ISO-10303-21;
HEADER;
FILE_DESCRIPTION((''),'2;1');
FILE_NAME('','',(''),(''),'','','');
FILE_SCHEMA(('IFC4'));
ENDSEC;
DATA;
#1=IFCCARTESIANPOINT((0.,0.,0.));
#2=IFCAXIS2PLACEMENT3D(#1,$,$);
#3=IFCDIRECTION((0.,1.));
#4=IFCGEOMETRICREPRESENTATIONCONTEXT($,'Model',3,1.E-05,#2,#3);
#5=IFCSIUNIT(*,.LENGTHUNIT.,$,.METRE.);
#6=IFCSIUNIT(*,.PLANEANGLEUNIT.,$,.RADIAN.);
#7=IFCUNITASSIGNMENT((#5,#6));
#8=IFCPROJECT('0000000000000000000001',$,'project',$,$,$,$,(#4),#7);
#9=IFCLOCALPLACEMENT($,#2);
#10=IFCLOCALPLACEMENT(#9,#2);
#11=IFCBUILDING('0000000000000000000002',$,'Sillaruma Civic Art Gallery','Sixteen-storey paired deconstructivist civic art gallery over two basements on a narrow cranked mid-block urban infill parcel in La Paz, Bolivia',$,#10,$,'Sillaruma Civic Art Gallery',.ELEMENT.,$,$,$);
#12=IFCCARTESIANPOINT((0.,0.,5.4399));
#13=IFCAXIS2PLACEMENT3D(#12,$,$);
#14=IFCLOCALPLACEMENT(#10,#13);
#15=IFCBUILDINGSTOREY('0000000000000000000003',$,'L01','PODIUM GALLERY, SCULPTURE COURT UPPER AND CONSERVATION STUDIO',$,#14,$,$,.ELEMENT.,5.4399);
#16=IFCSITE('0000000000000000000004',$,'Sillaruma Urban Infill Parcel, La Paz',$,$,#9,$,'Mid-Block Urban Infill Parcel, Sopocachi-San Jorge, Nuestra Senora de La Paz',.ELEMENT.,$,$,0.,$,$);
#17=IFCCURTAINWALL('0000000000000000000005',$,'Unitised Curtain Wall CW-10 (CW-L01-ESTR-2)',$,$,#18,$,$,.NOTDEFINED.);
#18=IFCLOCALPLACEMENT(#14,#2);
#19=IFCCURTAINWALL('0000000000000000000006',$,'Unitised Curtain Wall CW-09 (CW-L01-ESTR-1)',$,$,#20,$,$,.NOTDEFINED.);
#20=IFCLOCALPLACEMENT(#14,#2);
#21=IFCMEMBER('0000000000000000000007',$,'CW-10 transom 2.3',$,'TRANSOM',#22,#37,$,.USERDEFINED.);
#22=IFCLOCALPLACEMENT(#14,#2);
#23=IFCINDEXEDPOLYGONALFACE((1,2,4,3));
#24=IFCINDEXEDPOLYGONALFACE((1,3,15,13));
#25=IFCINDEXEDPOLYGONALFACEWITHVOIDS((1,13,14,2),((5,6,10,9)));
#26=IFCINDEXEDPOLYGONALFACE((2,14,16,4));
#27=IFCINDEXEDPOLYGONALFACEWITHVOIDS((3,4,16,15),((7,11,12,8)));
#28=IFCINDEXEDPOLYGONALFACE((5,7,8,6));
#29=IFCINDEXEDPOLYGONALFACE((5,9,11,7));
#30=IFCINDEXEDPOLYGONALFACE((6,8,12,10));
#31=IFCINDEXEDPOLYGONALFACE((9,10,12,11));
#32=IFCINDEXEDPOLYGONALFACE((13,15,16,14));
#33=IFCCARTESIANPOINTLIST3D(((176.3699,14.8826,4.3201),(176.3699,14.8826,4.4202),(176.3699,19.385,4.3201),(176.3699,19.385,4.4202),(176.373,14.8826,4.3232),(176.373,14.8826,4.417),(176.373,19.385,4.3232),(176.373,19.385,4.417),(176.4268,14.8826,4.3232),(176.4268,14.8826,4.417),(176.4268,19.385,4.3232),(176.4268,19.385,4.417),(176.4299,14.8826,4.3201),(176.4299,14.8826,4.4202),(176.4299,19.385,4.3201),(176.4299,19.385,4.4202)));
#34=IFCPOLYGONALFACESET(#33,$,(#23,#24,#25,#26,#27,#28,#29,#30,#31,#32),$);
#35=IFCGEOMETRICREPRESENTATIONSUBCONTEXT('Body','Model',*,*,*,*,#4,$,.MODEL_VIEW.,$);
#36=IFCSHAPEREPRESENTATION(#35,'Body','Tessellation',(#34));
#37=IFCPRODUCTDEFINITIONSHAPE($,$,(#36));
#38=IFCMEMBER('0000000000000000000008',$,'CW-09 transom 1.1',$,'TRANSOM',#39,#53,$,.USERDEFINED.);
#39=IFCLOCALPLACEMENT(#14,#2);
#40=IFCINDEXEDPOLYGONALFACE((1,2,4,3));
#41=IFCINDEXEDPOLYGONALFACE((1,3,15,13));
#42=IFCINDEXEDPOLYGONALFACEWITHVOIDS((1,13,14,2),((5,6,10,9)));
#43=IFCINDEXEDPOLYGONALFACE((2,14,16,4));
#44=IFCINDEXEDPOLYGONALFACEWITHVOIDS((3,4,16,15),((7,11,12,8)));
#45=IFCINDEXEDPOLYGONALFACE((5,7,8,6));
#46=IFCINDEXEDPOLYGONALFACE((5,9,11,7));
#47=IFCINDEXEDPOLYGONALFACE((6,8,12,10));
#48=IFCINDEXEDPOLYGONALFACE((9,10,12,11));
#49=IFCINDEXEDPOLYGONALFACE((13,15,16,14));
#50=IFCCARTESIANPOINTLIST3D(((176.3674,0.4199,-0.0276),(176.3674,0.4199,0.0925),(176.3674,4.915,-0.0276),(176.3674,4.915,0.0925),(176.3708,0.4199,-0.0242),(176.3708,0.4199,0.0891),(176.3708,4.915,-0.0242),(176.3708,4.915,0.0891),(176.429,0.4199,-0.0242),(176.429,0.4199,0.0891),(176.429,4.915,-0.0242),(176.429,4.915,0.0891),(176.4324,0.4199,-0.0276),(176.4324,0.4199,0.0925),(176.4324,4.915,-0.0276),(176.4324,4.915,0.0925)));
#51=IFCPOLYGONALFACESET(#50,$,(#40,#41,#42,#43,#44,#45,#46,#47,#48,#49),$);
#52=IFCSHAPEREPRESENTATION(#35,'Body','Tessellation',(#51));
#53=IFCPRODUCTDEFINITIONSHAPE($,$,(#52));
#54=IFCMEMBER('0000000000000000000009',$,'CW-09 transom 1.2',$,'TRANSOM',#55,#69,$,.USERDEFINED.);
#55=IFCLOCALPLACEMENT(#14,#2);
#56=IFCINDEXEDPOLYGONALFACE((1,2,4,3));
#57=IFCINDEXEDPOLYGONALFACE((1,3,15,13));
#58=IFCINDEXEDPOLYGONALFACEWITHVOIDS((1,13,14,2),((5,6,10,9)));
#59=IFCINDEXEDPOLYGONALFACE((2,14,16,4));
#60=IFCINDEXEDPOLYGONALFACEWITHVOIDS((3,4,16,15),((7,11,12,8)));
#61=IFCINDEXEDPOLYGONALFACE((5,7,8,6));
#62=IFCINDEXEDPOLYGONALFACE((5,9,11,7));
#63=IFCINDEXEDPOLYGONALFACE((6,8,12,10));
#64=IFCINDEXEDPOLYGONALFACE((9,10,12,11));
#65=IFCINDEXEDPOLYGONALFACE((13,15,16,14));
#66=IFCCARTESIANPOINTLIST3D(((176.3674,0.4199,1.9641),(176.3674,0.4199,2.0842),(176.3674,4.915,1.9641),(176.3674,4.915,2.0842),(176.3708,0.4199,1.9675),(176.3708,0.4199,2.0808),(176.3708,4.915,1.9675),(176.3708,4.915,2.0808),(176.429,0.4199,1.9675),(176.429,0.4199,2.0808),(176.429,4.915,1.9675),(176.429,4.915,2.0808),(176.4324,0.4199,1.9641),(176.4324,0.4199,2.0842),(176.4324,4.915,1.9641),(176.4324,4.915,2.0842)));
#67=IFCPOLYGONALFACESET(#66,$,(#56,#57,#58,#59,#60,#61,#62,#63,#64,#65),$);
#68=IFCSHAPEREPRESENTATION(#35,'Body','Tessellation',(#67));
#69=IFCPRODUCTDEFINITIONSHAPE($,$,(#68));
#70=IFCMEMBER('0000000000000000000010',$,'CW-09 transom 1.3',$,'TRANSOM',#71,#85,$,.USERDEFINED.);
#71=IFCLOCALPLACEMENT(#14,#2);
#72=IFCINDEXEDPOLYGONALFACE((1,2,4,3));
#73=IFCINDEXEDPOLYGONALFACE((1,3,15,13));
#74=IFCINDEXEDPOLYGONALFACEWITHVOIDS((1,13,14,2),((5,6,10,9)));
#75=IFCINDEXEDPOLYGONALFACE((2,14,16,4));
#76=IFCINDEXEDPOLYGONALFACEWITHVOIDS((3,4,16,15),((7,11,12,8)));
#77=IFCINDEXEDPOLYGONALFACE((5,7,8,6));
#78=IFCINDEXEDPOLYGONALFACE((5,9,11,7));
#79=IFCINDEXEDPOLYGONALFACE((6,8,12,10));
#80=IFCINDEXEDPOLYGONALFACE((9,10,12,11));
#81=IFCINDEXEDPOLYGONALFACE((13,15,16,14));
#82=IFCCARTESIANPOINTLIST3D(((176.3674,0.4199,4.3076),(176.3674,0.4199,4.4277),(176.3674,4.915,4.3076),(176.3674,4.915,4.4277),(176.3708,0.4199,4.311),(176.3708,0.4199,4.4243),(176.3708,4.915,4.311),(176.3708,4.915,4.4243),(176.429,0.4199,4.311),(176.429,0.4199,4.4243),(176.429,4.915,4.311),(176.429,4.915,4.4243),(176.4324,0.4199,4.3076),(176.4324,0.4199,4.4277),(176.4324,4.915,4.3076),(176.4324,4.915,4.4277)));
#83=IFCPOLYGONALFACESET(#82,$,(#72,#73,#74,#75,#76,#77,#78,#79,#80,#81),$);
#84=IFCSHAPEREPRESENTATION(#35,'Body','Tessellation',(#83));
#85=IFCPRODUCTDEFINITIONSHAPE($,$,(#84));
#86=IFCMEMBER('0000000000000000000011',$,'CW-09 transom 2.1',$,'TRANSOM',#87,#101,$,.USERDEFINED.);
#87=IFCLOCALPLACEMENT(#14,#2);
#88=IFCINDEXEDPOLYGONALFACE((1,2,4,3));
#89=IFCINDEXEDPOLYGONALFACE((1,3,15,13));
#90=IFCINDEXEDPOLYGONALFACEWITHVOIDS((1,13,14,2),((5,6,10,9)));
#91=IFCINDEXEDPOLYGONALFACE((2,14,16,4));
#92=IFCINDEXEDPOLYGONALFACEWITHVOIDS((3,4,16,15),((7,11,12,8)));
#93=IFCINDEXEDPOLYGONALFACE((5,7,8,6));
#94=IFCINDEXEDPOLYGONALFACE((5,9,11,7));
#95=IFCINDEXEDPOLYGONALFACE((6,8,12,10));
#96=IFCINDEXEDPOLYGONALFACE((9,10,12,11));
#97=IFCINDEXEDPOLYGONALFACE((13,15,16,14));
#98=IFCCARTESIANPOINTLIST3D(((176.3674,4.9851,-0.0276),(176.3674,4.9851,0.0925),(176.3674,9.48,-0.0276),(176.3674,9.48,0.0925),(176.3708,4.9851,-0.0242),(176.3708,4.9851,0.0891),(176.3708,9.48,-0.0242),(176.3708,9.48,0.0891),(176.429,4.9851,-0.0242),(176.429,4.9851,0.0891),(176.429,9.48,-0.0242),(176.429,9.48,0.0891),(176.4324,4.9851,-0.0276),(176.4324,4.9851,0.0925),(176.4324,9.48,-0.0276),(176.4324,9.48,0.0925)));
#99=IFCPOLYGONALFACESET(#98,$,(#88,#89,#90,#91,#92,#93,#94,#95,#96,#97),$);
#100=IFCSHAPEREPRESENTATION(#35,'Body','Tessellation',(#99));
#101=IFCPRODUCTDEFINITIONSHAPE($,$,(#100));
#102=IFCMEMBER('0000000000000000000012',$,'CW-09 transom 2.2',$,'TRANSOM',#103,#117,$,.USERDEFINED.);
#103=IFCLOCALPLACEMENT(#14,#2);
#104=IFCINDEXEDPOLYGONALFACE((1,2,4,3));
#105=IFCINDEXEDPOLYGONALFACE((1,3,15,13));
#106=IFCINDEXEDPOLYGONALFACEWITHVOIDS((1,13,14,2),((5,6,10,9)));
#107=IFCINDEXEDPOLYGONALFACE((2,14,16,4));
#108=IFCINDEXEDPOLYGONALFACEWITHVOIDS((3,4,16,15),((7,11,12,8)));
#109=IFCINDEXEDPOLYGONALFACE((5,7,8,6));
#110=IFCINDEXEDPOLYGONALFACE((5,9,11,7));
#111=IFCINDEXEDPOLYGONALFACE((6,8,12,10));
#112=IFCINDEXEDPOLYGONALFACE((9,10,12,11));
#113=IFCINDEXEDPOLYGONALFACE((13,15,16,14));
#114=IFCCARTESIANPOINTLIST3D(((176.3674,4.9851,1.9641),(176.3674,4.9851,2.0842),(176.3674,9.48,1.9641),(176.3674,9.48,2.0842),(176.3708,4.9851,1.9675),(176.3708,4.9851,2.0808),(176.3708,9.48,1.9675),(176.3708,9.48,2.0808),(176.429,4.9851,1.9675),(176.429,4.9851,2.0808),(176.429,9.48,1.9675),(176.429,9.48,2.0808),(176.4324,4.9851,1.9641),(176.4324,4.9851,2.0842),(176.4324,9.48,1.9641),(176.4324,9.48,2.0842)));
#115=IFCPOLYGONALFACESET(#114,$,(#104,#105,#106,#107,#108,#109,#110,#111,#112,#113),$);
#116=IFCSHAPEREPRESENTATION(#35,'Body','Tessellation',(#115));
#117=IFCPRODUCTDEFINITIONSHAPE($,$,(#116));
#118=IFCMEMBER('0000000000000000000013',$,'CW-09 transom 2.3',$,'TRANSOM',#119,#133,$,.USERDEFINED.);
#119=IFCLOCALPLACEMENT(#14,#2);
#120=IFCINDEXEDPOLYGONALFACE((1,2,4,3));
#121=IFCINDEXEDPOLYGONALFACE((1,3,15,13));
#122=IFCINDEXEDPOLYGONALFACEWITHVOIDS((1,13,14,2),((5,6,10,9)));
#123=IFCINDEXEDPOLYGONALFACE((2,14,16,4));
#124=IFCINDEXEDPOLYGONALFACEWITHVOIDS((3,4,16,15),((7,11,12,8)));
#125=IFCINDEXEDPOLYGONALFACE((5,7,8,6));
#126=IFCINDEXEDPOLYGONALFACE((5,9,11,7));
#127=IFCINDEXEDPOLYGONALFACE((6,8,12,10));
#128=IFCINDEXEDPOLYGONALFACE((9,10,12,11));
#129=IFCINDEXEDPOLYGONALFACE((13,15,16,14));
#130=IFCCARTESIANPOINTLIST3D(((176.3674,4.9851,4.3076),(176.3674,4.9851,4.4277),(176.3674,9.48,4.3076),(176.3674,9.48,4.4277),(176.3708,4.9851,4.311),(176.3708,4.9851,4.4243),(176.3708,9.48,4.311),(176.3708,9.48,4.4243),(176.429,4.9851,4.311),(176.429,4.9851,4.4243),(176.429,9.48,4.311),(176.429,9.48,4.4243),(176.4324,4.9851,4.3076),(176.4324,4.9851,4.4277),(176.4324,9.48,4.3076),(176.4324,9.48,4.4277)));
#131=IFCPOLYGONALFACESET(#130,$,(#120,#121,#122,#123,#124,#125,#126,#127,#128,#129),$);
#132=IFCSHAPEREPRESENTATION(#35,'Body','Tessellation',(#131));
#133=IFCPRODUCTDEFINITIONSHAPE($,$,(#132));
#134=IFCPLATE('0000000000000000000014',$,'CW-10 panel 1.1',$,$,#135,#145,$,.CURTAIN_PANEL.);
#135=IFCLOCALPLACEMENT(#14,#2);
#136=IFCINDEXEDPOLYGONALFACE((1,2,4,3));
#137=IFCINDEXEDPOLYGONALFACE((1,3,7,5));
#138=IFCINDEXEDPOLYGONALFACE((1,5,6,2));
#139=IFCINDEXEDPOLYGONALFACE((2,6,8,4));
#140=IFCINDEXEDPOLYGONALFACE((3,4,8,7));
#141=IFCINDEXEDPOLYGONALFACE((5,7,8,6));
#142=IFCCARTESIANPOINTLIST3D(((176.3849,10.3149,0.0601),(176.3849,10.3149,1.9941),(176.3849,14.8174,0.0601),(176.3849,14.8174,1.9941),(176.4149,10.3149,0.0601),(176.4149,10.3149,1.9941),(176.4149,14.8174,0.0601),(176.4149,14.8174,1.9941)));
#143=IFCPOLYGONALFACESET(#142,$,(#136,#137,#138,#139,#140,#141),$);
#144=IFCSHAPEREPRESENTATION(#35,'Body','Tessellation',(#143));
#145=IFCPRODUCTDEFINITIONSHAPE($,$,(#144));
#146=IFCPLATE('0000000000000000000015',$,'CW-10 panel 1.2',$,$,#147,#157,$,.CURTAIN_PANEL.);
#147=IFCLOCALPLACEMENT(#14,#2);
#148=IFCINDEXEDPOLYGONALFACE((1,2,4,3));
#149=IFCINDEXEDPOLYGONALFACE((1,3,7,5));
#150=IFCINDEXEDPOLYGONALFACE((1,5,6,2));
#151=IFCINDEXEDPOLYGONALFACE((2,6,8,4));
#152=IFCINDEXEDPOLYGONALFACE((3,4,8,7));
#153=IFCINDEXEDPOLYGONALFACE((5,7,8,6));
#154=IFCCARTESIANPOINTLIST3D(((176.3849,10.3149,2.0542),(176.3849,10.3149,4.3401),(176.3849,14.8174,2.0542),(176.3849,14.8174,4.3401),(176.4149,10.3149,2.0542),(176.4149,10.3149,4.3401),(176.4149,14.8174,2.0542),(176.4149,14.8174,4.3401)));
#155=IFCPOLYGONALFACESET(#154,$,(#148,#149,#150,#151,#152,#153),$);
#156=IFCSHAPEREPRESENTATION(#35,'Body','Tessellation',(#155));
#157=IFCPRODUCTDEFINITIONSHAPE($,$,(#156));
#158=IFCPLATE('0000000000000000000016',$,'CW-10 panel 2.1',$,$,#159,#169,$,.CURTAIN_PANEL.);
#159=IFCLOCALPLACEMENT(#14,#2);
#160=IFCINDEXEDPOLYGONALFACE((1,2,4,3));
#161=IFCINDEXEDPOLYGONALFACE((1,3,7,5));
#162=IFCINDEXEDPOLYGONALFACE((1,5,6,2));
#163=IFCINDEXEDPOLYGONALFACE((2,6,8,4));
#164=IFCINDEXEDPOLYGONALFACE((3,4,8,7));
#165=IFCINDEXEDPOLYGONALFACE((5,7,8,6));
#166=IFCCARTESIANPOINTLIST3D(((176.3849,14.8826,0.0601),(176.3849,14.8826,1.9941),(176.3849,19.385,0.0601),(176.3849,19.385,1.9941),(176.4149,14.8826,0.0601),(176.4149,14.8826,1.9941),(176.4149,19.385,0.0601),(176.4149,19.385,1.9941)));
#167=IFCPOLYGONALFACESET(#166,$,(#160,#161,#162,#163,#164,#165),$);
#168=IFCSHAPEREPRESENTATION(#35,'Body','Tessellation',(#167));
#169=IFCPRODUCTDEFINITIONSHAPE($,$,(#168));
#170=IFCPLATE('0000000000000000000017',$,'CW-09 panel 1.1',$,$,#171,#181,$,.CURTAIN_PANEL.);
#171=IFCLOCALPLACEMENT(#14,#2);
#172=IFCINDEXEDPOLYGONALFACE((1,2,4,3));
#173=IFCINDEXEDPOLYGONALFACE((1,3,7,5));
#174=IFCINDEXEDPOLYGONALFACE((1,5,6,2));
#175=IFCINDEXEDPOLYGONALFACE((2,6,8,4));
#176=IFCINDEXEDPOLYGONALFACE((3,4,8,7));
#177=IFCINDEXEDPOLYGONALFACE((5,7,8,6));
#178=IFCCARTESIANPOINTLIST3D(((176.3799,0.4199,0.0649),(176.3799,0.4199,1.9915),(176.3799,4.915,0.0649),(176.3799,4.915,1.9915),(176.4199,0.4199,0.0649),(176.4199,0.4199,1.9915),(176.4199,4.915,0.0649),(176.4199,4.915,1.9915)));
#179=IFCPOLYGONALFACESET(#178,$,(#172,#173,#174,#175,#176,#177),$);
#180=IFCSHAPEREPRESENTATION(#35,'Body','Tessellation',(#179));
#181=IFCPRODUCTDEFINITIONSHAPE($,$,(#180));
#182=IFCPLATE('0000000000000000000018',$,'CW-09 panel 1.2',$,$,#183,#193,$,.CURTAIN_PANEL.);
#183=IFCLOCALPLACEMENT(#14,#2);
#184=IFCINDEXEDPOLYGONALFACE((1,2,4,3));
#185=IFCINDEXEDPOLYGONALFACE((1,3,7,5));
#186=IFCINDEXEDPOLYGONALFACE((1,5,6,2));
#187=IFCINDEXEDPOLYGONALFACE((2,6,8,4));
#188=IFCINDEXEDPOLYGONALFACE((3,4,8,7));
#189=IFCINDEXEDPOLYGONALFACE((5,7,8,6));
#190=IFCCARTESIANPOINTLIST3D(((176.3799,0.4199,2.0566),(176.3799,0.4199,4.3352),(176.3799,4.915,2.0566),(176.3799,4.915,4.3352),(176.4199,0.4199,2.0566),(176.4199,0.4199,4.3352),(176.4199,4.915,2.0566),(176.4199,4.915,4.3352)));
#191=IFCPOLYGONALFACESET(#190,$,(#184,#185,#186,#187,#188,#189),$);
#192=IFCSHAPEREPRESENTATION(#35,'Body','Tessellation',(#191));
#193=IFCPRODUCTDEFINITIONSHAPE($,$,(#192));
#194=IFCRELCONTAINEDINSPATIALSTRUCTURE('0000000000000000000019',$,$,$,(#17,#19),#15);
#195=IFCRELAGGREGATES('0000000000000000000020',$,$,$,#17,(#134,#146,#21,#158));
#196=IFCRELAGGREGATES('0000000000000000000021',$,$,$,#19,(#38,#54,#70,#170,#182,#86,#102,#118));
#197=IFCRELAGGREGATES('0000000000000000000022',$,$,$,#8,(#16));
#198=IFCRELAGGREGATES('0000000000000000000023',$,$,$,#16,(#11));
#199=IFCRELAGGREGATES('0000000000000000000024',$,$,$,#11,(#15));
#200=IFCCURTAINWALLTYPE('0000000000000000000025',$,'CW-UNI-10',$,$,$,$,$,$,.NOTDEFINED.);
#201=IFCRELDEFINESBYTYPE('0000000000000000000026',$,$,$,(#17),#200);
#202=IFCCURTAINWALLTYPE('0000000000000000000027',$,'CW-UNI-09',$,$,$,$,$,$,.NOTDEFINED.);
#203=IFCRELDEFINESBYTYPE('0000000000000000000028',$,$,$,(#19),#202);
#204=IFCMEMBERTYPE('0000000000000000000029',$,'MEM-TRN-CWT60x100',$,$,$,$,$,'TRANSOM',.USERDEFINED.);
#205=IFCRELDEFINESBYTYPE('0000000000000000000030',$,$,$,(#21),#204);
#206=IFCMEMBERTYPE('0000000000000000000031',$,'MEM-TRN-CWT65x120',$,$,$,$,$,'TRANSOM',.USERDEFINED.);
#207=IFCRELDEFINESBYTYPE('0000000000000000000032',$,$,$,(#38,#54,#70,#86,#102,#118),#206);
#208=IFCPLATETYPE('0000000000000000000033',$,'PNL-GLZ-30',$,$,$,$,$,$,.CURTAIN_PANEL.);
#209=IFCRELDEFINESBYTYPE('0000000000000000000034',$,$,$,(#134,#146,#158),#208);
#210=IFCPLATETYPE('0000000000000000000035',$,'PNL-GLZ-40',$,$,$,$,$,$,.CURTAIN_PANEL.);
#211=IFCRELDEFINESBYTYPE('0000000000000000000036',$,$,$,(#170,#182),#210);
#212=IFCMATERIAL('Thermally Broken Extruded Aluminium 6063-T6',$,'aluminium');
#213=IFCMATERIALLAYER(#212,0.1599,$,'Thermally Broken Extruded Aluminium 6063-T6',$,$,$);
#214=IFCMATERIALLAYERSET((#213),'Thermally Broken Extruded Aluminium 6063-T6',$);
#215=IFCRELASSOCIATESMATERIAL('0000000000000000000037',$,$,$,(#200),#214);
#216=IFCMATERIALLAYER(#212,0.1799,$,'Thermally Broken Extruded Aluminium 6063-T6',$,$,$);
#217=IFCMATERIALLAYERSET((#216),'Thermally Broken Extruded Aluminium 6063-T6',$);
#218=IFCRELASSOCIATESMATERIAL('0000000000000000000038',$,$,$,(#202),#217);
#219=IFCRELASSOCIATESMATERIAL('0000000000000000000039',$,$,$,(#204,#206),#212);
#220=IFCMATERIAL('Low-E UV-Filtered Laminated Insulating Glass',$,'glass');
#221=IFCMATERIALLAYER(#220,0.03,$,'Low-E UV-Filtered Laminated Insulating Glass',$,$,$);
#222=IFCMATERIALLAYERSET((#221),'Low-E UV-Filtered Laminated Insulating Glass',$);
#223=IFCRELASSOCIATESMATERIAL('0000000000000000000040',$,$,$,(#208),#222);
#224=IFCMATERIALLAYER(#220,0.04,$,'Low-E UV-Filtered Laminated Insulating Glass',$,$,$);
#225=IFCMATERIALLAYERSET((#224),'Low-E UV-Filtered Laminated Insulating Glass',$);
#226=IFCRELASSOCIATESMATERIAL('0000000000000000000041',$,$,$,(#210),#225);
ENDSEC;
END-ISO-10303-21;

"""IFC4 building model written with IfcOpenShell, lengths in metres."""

from ifc_helpers import new_model, si_unit, direction, frame, origin, origin_2d, place, context, subcontext, project, spatial, rectangle, hollow_rectangle, extrude, material, layer, layer_set, material_profile, profile_set, type_object, element, aggregate, save


model = new_model("IFC4")

# Units and contexts
model_context = context("Model", 3, precision=1e-05, world=origin(), true_north=direction((0.0, 1.0)))
body_context = subcontext(model_context, "Body", "Model", "MODEL_VIEW")
ifc_project = project(units=[si_unit("LENGTHUNIT", "METRE"), si_unit("PLANEANGLEUNIT", "RADIAN")], contexts=[model_context])

# Site, building, storey
site_placement = place(None, origin())
site = spatial("IfcSite", under=ifc_project, at=site_placement, Name="Sillaruma Urban Infill Parcel, La Paz", LongName="Mid-Block Urban Infill Parcel, Sopocachi-San Jorge, Nuestra Senora de La Paz", CompositionType="ELEMENT", RefElevation=0.0)
building_placement = place(site_placement, origin())
building = spatial("IfcBuilding", under=site, at=building_placement, Name="Sillaruma Civic Art Gallery", Description="Sixteen-storey paired deconstructivist civic art gallery over two basements on a narrow cranked mid-block urban infill parcel in La Paz, Bolivia", LongName="Sillaruma Civic Art Gallery", CompositionType="ELEMENT")
storey_placement = place(building_placement, frame((0.0, 0.0, 5.4399)))
storey = spatial("IfcBuildingStorey", under=building, at=storey_placement, Name="L01", Description="PODIUM GALLERY, SCULPTURE COURT UPPER AND CONSERVATION STUDIO", CompositionType="ELEMENT", Elevation=5.4399)

# Curtain walls
ifc_material_1 = material(Name="Thermally Broken Extruded Aluminium 6063-T6", Category="aluminium")
ifc_layer_1 = layer(ifc_material_1, 0.1599, Name="Thermally Broken Extruded Aluminium 6063-T6")
ifc_layer_set_1 = layer_set([ifc_layer_1], Name="Thermally Broken Extruded Aluminium 6063-T6")
curtain_wall_type_1 = type_object("IfcCurtainWallType", Name="CW-UNI-10", PredefinedType="NOTDEFINED", material=ifc_layer_set_1)
curtain_wall_1_placement = place(storey_placement, origin())
curtain_wall_1 = element("IfcCurtainWall", 1, at=curtain_wall_1_placement, inside=storey, type_object=curtain_wall_type_1, Name="Unitised Curtain Wall CW-10 (CW-L01-ESTR-2)", PredefinedType="NOTDEFINED")
ifc_layer_2 = layer(ifc_material_1, 0.1799, Name="Thermally Broken Extruded Aluminium 6063-T6")
ifc_layer_set_2 = layer_set([ifc_layer_2], Name="Thermally Broken Extruded Aluminium 6063-T6")
curtain_wall_type_2 = type_object("IfcCurtainWallType", Name="CW-UNI-09", PredefinedType="NOTDEFINED", material=ifc_layer_set_2)
curtain_wall_2_placement = place(storey_placement, origin())
curtain_wall_2 = element("IfcCurtainWall", 2, at=curtain_wall_2_placement, inside=storey, type_object=curtain_wall_type_2, Name="Unitised Curtain Wall CW-09 (CW-L01-ESTR-1)", PredefinedType="NOTDEFINED")

# Members
ifc_material_profile_1 = material_profile(ifc_material_1, hollow_rectangle(XDim=0.0601, YDim=0.1001, WallThickness=0.0032, at=origin_2d()), Name="CWT60x100")
ifc_profile_set_1 = profile_set([ifc_material_profile_1], Name="Thermally Broken Extruded Aluminium 6063-T6")
member_type_1 = type_object("IfcMemberType", Name="MEM-TRN-CWT60x100", ElementType="TRANSOM", PredefinedType="USERDEFINED", material=ifc_profile_set_1)
member_1_placement = place(storey_placement, frame((176.3999, 14.8826, 4.3701), z_axis=(0.0, 1.0, 0.0), x_axis=(-1.0, 0.0, 0.0)))
member_1 = element("IfcMember", 3, at=member_1_placement, type_object=member_type_1, Name="CW-10 transom 2.3", ObjectType="TRANSOM", PredefinedType="USERDEFINED", context=body_context, shape_type="SweptSolid", body=[
    extrude(hollow_rectangle(XDim=0.0601, YDim=0.1001, WallThickness=0.0032, at=origin_2d()), origin(), (0.0, 0.0, 1.0), 4.5024),
])
ifc_material_profile_2 = material_profile(ifc_material_1, hollow_rectangle(XDim=0.0649, YDim=0.1201, WallThickness=0.0034, at=origin_2d()), Name="CWT65x120")
ifc_profile_set_2 = profile_set([ifc_material_profile_2], Name="Thermally Broken Extruded Aluminium 6063-T6")
member_type_2 = type_object("IfcMemberType", Name="MEM-TRN-CWT65x120", ElementType="TRANSOM", PredefinedType="USERDEFINED", material=ifc_profile_set_2)
member_2_placement = place(storey_placement, frame((176.3999, 0.4199, 0.0325), z_axis=(0.0, 1.0, 0.0), x_axis=(-1.0, 0.0, 0.0)))
member_2 = element("IfcMember", 4, at=member_2_placement, type_object=member_type_2, Name="CW-09 transom 1.1", ObjectType="TRANSOM", PredefinedType="USERDEFINED", context=body_context, shape_type="SweptSolid", body=[
    extrude(hollow_rectangle(XDim=0.0649, YDim=0.1201, WallThickness=0.0034, at=origin_2d()), origin(), (0.0, 0.0, 1.0), 4.4951),
])
member_3_placement = place(storey_placement, frame((176.3999, 0.4199, 2.0242), z_axis=(0.0, 1.0, 0.0), x_axis=(-1.0, 0.0, 0.0)))
member_3 = element("IfcMember", 5, at=member_3_placement, type_object=member_type_2, Name="CW-09 transom 1.2", ObjectType="TRANSOM", PredefinedType="USERDEFINED", context=body_context, shape_type="SweptSolid", body=[
    extrude(hollow_rectangle(XDim=0.0649, YDim=0.1201, WallThickness=0.0034, at=origin_2d()), origin(), (0.0, 0.0, 1.0), 4.4951),
])
member_4_placement = place(storey_placement, frame((176.3999, 0.4199, 4.3677), z_axis=(0.0, 1.0, 0.0), x_axis=(-1.0, 0.0, 0.0)))
member_4 = element("IfcMember", 6, at=member_4_placement, type_object=member_type_2, Name="CW-09 transom 1.3", ObjectType="TRANSOM", PredefinedType="USERDEFINED", context=body_context, shape_type="SweptSolid", body=[
    extrude(hollow_rectangle(XDim=0.0649, YDim=0.1201, WallThickness=0.0034, at=origin_2d()), origin(), (0.0, 0.0, 1.0), 4.4951),
])
member_5_placement = place(storey_placement, frame((176.3999, 4.9851, 0.0325), z_axis=(0.0, 1.0, 0.0), x_axis=(-1.0, 0.0, 0.0)))
member_5 = element("IfcMember", 7, at=member_5_placement, type_object=member_type_2, Name="CW-09 transom 2.1", ObjectType="TRANSOM", PredefinedType="USERDEFINED", context=body_context, shape_type="SweptSolid", body=[
    extrude(hollow_rectangle(XDim=0.0649, YDim=0.1201, WallThickness=0.0034, at=origin_2d()), origin(), (0.0, 0.0, 1.0), 4.4949),
])
member_6_placement = place(storey_placement, frame((176.3999, 4.9851, 2.0242), z_axis=(0.0, 1.0, 0.0), x_axis=(-1.0, 0.0, 0.0)))
member_6 = element("IfcMember", 8, at=member_6_placement, type_object=member_type_2, Name="CW-09 transom 2.2", ObjectType="TRANSOM", PredefinedType="USERDEFINED", context=body_context, shape_type="SweptSolid", body=[
    extrude(hollow_rectangle(XDim=0.0649, YDim=0.1201, WallThickness=0.0034, at=origin_2d()), origin(), (0.0, 0.0, 1.0), 4.4949),
])
member_7_placement = place(storey_placement, frame((176.3999, 4.9851, 4.3677), z_axis=(0.0, 1.0, 0.0), x_axis=(-1.0, 0.0, 0.0)))
member_7 = element("IfcMember", 9, at=member_7_placement, type_object=member_type_2, Name="CW-09 transom 2.3", ObjectType="TRANSOM", PredefinedType="USERDEFINED", context=body_context, shape_type="SweptSolid", body=[
    extrude(hollow_rectangle(XDim=0.0649, YDim=0.1201, WallThickness=0.0034, at=origin_2d()), origin(), (0.0, 0.0, 1.0), 4.4949),
])

# Plates
ifc_material_2 = material(Name="Low-E UV-Filtered Laminated Insulating Glass", Category="glass")
ifc_layer_3 = layer(ifc_material_2, 0.03, Name="Low-E UV-Filtered Laminated Insulating Glass")
ifc_layer_set_3 = layer_set([ifc_layer_3], Name="Low-E UV-Filtered Laminated Insulating Glass")
plate_type_1 = type_object("IfcPlateType", Name="PNL-GLZ-30", PredefinedType="CURTAIN_PANEL", material=ifc_layer_set_3)
plate_1_placement = place(storey_placement, frame((176.3999, 12.5662, 0.0601), z_axis=(0.0, 0.0, 1.0), x_axis=(0.0, 1.0, 0.0)))
plate_1 = element("IfcPlate", 10, at=plate_1_placement, type_object=plate_type_1, Name="CW-10 panel 1.1", PredefinedType="CURTAIN_PANEL", context=body_context, shape_type="SweptSolid", body=[
    extrude(rectangle(XDim=4.5024, YDim=0.03, at=origin_2d()), origin(), (0.0, 0.0, 1.0), 1.9341),
])
plate_2_placement = place(storey_placement, frame((176.3999, 12.5662, 2.0542), z_axis=(0.0, 0.0, 1.0), x_axis=(0.0, 1.0, 0.0)))
plate_2 = element("IfcPlate", 11, at=plate_2_placement, type_object=plate_type_1, Name="CW-10 panel 1.2", PredefinedType="CURTAIN_PANEL", context=body_context, shape_type="SweptSolid", body=[
    extrude(rectangle(XDim=4.5024, YDim=0.03, at=origin_2d()), origin(), (0.0, 0.0, 1.0), 2.2859),
])
plate_3_placement = place(storey_placement, frame((176.3999, 17.1338, 0.0601), z_axis=(0.0, 0.0, 1.0), x_axis=(0.0, 1.0, 0.0)))
plate_3 = element("IfcPlate", 12, at=plate_3_placement, type_object=plate_type_1, Name="CW-10 panel 2.1", PredefinedType="CURTAIN_PANEL", context=body_context, shape_type="SweptSolid", body=[
    extrude(rectangle(XDim=4.5024, YDim=0.03, at=origin_2d()), origin(), (0.0, 0.0, 1.0), 1.9341),
])
aggregate(curtain_wall_1, [plate_1, plate_2, member_1, plate_3])
ifc_layer_4 = layer(ifc_material_2, 0.04, Name="Low-E UV-Filtered Laminated Insulating Glass")
ifc_layer_set_4 = layer_set([ifc_layer_4], Name="Low-E UV-Filtered Laminated Insulating Glass")
plate_type_2 = type_object("IfcPlateType", Name="PNL-GLZ-40", PredefinedType="CURTAIN_PANEL", material=ifc_layer_set_4)
plate_4_placement = place(storey_placement, frame((176.3999, 2.6675, 0.0649), z_axis=(0.0, 0.0, 1.0), x_axis=(0.0, 1.0, 0.0)))
plate_4 = element("IfcPlate", 13, at=plate_4_placement, type_object=plate_type_2, Name="CW-09 panel 1.1", PredefinedType="CURTAIN_PANEL", context=body_context, shape_type="SweptSolid", body=[
    extrude(rectangle(XDim=4.4951, YDim=0.04, at=origin_2d()), origin(), (0.0, 0.0, 1.0), 1.9265),
])
plate_5_placement = place(storey_placement, frame((176.3999, 2.6675, 2.0566), z_axis=(0.0, 0.0, 1.0), x_axis=(0.0, 1.0, 0.0)))
plate_5 = element("IfcPlate", 14, at=plate_5_placement, type_object=plate_type_2, Name="CW-09 panel 1.2", PredefinedType="CURTAIN_PANEL", context=body_context, shape_type="SweptSolid", body=[
    extrude(rectangle(XDim=4.4951, YDim=0.04, at=origin_2d()), origin(), (0.0, 0.0, 1.0), 2.2786),
])
aggregate(curtain_wall_2, [member_2, member_3, member_4, plate_4, plate_5, member_5, member_6, member_7])

save(model, "model.ifc")
